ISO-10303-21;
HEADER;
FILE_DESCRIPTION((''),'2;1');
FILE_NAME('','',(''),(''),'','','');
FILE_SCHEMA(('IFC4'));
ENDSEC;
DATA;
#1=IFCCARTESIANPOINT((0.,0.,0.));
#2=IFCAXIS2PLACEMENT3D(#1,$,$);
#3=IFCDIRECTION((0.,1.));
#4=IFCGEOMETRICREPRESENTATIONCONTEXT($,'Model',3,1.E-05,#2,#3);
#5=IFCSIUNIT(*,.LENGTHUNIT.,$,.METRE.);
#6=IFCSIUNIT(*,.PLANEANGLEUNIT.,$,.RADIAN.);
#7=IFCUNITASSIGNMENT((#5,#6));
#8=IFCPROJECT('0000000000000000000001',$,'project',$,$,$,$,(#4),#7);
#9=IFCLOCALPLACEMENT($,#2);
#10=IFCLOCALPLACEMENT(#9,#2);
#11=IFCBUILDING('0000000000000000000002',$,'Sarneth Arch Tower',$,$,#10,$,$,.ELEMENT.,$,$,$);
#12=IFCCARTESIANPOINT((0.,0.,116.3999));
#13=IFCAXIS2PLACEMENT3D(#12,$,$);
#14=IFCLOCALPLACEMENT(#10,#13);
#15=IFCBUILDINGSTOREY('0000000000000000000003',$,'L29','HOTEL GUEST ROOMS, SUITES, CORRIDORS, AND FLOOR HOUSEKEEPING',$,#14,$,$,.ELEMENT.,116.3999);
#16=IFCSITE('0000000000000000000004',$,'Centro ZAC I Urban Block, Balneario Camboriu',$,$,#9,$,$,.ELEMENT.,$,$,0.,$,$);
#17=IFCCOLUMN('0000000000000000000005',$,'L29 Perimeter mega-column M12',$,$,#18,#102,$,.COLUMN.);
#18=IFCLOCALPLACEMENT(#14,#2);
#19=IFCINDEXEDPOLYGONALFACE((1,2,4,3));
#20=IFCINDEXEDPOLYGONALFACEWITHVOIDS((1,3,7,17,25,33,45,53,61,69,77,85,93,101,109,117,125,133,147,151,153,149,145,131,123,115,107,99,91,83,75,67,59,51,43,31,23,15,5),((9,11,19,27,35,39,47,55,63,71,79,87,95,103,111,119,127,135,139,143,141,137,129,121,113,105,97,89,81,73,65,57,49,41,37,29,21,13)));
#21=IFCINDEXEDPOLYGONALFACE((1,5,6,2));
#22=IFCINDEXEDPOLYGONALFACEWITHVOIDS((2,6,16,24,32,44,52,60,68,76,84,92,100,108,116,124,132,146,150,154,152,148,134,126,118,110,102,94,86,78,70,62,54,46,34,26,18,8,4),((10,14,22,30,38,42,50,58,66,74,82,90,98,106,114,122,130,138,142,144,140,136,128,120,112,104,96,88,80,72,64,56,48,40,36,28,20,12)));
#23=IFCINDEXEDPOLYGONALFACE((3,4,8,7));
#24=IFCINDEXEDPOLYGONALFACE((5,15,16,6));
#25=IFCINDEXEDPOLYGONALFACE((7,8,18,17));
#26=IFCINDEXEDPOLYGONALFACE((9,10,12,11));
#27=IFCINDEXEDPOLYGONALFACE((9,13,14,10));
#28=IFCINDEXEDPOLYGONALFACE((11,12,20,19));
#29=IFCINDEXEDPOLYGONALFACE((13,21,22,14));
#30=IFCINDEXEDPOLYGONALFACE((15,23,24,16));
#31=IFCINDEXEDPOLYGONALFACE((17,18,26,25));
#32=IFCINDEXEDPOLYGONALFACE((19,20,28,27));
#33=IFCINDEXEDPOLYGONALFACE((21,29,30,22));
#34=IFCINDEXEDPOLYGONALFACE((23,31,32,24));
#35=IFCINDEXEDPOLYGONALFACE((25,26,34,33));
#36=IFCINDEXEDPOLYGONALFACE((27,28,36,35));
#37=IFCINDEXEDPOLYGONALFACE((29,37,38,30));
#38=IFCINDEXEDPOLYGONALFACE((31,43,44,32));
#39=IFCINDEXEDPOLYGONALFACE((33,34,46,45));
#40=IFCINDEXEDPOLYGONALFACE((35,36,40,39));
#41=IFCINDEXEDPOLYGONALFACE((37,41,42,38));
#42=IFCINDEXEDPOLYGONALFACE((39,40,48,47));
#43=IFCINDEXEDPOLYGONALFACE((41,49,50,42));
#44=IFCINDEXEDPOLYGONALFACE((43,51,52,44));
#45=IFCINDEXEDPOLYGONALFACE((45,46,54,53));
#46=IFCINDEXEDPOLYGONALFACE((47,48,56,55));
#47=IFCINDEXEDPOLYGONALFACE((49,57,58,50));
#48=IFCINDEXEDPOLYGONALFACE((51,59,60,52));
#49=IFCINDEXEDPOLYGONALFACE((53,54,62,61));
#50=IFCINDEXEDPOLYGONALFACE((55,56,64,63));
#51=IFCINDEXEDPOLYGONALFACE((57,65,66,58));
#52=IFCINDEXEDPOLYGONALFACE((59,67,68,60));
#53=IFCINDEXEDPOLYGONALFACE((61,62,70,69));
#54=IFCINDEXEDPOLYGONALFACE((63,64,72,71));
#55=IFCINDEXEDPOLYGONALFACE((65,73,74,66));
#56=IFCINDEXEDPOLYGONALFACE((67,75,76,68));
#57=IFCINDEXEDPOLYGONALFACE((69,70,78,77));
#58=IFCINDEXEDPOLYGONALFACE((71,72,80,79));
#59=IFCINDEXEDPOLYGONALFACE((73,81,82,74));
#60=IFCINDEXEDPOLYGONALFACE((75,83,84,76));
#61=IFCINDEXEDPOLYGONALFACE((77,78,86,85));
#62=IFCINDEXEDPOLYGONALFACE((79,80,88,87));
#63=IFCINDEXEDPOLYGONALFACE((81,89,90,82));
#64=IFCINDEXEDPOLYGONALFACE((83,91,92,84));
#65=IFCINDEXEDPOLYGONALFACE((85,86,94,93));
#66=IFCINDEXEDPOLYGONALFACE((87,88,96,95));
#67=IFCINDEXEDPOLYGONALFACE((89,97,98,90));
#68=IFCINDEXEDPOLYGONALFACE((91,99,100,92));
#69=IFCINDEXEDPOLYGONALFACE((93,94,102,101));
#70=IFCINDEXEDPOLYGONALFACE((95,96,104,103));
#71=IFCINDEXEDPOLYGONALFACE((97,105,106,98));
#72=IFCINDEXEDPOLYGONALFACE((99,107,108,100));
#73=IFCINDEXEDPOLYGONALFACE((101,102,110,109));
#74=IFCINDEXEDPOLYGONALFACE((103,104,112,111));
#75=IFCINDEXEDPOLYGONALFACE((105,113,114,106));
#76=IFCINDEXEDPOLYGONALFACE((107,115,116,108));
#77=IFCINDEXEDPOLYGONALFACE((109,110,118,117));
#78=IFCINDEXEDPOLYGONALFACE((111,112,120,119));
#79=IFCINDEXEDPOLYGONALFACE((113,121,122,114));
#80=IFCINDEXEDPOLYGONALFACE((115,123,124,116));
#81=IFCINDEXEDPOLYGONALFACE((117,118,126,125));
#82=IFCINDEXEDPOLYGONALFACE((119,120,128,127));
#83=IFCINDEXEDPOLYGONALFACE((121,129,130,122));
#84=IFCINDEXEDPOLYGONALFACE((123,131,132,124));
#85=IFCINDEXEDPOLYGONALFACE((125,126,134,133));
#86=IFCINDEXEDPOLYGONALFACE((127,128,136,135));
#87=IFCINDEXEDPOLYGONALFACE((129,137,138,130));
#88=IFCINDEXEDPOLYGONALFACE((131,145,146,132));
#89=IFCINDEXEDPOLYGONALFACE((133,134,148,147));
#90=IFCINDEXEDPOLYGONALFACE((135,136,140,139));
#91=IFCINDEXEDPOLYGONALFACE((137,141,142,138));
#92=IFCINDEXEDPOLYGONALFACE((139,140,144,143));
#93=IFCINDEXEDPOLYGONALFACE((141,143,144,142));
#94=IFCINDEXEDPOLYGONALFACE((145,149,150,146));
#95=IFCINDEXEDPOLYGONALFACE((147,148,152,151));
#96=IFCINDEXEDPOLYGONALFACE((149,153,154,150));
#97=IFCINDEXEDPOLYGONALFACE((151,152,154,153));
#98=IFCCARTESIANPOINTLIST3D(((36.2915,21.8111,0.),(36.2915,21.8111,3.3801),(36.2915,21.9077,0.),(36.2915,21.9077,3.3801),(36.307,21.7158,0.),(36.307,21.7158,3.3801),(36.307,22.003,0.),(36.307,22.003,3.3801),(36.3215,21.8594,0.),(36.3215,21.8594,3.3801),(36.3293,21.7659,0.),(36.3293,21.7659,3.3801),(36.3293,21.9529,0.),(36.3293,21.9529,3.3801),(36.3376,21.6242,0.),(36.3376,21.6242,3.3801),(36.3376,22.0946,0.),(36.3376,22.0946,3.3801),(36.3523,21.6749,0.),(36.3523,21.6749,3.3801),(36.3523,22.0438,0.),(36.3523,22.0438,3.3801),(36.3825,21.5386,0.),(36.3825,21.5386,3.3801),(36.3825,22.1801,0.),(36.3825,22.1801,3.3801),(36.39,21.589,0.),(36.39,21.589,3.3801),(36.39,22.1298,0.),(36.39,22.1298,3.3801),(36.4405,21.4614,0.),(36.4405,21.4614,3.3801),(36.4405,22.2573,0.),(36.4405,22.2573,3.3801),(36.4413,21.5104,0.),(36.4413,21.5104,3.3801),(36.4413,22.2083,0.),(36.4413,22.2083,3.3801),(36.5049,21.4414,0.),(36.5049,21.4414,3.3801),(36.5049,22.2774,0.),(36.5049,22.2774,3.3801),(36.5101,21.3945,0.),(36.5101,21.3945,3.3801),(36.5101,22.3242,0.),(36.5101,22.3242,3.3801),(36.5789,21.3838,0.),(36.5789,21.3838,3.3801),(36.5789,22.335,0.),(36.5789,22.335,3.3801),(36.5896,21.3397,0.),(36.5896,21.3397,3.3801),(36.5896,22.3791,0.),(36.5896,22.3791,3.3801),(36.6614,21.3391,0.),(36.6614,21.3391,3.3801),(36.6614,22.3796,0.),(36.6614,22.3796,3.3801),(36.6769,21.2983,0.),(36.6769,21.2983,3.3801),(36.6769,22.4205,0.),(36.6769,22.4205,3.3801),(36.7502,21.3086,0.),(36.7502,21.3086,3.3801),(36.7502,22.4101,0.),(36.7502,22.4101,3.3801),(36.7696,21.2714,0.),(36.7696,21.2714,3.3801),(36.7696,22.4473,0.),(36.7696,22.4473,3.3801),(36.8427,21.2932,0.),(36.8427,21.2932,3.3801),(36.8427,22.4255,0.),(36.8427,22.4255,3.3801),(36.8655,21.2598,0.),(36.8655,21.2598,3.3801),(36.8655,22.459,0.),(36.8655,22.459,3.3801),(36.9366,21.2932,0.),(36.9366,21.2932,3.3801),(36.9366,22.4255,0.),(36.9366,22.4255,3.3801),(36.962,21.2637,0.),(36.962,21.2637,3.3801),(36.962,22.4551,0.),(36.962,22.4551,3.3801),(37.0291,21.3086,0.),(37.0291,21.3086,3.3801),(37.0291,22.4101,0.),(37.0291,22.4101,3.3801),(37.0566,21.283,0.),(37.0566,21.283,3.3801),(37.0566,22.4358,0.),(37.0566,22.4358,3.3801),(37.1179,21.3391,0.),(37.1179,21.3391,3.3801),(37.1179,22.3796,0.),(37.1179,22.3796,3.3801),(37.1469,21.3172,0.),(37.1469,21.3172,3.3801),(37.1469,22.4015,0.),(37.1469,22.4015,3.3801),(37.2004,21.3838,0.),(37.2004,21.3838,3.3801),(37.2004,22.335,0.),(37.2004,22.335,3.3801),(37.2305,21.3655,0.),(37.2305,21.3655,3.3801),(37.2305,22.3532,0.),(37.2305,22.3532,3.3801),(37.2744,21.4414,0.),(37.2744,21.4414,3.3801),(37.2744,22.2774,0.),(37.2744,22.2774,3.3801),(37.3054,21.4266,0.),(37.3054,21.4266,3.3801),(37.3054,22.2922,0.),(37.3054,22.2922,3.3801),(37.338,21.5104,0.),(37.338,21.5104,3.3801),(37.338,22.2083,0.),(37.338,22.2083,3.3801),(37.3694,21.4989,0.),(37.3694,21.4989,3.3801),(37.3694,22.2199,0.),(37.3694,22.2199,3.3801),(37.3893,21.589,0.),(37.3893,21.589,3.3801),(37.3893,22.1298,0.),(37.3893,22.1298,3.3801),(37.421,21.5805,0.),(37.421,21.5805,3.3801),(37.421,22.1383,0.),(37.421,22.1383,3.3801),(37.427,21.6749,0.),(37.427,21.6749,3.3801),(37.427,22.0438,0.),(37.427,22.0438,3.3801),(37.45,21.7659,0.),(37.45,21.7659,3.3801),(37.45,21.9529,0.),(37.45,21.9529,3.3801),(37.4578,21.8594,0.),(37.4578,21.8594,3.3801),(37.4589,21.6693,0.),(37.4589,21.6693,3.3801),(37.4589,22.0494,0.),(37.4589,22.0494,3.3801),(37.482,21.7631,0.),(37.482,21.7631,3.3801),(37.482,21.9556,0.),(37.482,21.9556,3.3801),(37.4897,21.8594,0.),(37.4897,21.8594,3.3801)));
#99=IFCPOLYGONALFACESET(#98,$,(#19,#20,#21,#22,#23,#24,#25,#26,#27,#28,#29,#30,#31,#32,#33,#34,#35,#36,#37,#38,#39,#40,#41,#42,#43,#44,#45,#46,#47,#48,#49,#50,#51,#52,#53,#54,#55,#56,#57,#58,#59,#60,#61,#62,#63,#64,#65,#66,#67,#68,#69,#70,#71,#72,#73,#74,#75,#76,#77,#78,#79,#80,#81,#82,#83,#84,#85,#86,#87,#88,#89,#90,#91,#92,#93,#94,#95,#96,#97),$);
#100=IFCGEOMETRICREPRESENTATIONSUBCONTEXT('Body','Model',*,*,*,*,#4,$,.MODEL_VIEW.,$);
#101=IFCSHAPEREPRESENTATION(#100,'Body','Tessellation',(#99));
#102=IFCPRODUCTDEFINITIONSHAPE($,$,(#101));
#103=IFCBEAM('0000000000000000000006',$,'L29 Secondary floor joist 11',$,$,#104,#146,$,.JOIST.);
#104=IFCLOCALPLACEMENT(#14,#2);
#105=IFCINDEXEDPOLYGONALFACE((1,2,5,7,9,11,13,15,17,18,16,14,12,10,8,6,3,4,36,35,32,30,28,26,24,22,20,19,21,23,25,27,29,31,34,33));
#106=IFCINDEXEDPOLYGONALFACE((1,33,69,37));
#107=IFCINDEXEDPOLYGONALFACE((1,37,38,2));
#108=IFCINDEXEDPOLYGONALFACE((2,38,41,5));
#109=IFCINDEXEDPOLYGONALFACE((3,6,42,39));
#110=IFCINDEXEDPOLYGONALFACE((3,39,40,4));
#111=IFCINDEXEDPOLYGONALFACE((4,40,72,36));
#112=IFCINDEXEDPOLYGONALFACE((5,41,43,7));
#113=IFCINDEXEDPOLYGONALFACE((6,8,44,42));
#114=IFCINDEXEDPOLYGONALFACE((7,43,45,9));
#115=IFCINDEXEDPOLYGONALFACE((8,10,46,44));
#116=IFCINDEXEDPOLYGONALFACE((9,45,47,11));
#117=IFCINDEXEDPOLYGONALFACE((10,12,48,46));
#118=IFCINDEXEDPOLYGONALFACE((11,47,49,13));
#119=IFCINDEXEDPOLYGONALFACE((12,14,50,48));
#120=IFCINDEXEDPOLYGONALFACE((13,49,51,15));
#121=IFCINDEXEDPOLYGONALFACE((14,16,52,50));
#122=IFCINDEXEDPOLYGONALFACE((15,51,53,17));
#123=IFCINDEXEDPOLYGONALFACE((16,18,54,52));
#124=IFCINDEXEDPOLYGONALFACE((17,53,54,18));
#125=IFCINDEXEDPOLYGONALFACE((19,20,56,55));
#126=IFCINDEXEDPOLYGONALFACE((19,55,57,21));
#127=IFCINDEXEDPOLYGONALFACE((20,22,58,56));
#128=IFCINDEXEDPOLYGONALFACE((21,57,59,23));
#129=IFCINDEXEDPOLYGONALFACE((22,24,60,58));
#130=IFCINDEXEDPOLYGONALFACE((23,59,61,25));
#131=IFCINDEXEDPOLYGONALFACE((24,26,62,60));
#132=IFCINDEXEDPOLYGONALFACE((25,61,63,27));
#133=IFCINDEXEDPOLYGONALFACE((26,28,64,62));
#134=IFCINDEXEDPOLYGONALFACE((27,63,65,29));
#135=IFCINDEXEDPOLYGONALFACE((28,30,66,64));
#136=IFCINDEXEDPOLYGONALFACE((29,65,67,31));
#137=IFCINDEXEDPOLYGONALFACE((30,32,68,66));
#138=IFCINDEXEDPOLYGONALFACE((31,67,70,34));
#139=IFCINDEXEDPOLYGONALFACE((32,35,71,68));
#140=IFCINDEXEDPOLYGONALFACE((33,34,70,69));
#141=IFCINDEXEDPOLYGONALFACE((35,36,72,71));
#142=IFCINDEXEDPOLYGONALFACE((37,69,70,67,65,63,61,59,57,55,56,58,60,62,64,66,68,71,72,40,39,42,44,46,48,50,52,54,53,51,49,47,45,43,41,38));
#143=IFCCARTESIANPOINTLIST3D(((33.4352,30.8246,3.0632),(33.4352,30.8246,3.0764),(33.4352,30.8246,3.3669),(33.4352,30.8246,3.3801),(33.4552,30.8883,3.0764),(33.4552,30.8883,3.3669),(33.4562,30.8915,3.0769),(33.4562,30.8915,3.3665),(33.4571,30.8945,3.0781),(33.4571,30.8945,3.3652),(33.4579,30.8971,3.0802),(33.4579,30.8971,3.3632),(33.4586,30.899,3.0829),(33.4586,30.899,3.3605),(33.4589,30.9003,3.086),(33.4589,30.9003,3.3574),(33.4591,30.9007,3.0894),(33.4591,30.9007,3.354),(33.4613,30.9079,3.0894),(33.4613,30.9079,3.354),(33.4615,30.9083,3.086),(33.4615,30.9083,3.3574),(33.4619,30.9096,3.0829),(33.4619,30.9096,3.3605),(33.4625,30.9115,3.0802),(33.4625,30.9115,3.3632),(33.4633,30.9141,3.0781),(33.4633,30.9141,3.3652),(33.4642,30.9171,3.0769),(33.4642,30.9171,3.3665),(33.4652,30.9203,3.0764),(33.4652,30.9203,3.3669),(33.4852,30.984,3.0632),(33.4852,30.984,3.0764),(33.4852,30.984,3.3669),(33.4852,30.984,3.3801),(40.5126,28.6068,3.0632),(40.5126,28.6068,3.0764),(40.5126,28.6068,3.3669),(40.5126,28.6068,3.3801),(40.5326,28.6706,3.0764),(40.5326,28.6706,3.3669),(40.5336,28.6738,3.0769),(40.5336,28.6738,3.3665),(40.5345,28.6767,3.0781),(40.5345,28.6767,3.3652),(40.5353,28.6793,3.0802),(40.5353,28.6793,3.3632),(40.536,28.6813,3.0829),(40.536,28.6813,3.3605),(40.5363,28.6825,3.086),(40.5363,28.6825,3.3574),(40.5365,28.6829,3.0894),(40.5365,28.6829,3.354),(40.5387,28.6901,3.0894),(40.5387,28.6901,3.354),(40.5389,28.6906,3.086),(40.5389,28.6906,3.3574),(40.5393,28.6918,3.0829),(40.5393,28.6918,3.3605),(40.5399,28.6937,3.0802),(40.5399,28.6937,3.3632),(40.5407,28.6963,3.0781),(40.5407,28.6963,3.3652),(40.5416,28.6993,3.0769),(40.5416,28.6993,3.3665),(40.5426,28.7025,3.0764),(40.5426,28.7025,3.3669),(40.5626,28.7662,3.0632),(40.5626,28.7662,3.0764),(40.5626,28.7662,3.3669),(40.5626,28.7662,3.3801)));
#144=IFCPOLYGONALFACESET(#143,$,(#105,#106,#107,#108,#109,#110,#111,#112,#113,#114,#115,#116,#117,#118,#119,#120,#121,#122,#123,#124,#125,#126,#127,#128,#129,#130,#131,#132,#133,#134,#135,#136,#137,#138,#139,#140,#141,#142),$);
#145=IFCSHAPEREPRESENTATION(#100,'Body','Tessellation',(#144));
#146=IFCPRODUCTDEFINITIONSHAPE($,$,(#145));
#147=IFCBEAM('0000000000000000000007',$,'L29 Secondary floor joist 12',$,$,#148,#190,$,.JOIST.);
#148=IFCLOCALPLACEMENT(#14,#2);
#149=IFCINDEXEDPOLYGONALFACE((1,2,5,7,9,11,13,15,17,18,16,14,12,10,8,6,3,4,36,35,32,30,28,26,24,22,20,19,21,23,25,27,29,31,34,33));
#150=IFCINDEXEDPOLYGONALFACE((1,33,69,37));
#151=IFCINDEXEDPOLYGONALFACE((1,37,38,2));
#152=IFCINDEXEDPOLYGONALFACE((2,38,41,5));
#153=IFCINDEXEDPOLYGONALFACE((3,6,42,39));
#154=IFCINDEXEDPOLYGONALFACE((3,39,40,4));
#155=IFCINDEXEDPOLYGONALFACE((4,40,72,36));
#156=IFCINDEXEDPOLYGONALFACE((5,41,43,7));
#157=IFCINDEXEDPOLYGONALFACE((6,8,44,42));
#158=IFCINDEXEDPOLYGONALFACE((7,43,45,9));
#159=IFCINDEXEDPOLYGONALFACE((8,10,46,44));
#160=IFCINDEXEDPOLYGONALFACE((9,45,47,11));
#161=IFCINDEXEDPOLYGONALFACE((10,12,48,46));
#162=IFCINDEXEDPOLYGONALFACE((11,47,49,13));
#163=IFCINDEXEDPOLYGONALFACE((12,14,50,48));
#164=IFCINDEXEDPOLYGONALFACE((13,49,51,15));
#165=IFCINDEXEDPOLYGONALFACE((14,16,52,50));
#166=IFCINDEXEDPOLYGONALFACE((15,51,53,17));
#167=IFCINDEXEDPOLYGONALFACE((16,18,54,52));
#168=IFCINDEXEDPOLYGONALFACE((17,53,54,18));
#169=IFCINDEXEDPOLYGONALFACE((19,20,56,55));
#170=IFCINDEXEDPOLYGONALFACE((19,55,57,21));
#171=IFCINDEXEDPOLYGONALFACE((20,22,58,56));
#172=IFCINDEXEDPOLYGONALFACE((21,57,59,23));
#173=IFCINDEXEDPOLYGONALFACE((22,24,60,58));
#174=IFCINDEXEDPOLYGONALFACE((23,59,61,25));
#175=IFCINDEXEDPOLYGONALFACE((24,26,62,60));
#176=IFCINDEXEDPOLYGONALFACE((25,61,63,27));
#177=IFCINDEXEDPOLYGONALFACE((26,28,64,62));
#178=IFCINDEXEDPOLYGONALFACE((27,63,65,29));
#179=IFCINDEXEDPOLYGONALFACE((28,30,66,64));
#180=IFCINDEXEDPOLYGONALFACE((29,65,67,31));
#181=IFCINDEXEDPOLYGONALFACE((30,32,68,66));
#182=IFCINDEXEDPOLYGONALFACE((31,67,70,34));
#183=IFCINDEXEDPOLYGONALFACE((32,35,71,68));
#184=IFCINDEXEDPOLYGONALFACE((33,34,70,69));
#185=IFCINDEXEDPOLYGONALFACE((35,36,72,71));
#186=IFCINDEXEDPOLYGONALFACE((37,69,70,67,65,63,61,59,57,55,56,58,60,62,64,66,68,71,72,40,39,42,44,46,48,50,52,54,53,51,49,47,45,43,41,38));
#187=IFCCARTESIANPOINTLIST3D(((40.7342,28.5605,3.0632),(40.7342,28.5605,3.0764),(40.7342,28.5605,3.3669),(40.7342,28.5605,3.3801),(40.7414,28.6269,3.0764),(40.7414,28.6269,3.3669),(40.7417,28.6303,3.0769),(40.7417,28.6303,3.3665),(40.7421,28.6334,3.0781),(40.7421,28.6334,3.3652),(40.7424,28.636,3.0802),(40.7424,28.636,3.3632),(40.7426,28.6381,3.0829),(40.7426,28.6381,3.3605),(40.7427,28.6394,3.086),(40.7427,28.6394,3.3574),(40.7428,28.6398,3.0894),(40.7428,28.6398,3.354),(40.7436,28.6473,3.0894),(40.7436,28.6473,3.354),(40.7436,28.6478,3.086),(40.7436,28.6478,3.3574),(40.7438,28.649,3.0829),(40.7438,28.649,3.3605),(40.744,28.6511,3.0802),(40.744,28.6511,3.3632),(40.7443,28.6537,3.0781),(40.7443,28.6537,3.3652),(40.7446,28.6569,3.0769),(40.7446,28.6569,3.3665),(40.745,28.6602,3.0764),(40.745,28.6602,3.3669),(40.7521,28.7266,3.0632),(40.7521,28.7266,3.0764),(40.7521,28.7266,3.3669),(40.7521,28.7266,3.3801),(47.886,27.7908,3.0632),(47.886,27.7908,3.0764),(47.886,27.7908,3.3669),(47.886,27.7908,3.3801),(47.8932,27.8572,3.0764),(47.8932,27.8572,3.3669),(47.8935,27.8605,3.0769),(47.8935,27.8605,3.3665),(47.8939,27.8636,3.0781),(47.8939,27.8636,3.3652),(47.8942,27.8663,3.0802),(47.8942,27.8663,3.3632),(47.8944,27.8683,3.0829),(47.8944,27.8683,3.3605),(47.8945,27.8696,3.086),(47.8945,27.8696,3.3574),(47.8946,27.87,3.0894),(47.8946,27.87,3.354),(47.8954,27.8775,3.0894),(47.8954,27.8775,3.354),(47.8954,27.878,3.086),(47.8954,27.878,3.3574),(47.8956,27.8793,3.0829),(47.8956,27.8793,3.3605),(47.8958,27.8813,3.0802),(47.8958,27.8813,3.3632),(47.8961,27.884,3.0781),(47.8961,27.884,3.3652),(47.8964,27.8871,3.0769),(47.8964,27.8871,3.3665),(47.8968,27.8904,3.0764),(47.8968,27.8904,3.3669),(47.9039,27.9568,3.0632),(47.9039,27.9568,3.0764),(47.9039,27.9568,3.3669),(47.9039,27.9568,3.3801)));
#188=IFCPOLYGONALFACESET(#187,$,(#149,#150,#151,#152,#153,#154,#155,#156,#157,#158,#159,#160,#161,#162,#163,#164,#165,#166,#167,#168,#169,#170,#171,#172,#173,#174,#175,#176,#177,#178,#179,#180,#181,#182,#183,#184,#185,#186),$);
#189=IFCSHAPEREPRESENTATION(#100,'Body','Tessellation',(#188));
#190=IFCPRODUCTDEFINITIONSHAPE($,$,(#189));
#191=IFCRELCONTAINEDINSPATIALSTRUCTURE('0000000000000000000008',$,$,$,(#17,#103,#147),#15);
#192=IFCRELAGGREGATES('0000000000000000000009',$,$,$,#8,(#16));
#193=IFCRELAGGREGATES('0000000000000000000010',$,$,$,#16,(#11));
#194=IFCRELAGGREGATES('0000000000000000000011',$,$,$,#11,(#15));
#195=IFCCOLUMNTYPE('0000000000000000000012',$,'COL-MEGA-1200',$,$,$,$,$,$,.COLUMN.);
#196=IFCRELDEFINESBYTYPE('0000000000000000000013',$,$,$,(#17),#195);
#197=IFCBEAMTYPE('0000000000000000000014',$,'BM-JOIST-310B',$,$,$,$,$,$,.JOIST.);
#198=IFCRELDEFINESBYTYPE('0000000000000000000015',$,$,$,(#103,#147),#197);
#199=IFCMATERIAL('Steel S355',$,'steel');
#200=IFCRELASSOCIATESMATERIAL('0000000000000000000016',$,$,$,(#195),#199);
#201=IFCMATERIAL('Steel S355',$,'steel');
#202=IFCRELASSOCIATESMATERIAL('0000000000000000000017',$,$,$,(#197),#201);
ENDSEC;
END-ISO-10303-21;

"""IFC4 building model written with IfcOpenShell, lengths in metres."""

from ifc_helpers import new_model, si_unit, direction, frame, origin, origin_2d, place, context, subcontext, project, spatial, hollow_circle, i_section, extrude, material, material_profile, profile_set, type_object, element, save


model = new_model("IFC4")

# Units and contexts
model_context = context("Model", 3, precision=1e-05, world=origin(), true_north=direction((0.0, 1.0)))
body_context = subcontext(model_context, "Body", "Model", "MODEL_VIEW")
ifc_project = project(units=[si_unit("LENGTHUNIT", "METRE"), si_unit("PLANEANGLEUNIT", "RADIAN")], contexts=[model_context])

# Site, building, storey
site_placement = place(None, origin())
site = spatial("IfcSite", under=ifc_project, at=site_placement, Name="Centro ZAC I Urban Block, Balneario Camboriu", CompositionType="ELEMENT", RefElevation=0.0)
building_placement = place(site_placement, origin())
building = spatial("IfcBuilding", under=site, at=building_placement, Name="Sarneth Arch Tower", CompositionType="ELEMENT")
storey_placement = place(building_placement, frame((0.0, 0.0, 116.3999)))
storey = spatial("IfcBuildingStorey", under=building, at=storey_placement, Name="L29", Description="HOTEL GUEST ROOMS, SUITES, CORRIDORS, AND FLOOR HOUSEKEEPING", CompositionType="ELEMENT", Elevation=116.3999)

# Column
ifc_material_1 = material(Name="Steel S355", Category="steel")
ifc_material_profile_1 = material_profile(ifc_material_1, hollow_circle(Radius=0.6001, WallThickness=0.032, at=origin_2d()), Name="CHS1200x32")
ifc_profile_set_1 = profile_set([ifc_material_profile_1], Name="Steel S355")
column_type = type_object("IfcColumnType", Name="COL-MEGA-1200", PredefinedType="COLUMN", material=ifc_profile_set_1)
column_placement = place(storey_placement, frame((36.8896, 21.8594, 0.0), z_axis=(0.0, 0.0, 1.0), x_axis=(1.0, 0.0, 0.0)))
element("IfcColumn", 1, at=column_placement, inside=storey, type_object=column_type, Name="L29 Perimeter mega-column M12", PredefinedType="COLUMN", context=body_context, shape_type="SweptSolid", body=[
    extrude(hollow_circle(Radius=0.6001, WallThickness=0.032, at=origin_2d()), origin(), (0.0, 0.0, 1.0), 3.3801),
])

# Beams
ifc_material_2 = material(Name="Steel S355", Category="steel")
ifc_material_profile_2 = material_profile(ifc_material_2, i_section(OverallWidth=0.167, OverallDepth=0.3169, WebThickness=0.0076, FlangeThickness=0.0132, FilletRadius=0.0129, at=origin_2d()), Name="W310x52")
ifc_profile_set_2 = profile_set([ifc_material_profile_2], Name="Steel S355")
beam_type_1 = type_object("IfcBeamType", Name="BM-JOIST-310B", PredefinedType="JOIST", material=ifc_profile_set_2)
beam_1_placement = place(storey_placement, frame((33.4602, 30.9043, 3.2217), z_axis=(0.954246, -0.299023, 0.0), x_axis=(0.299023, 0.954246, 0.0)))
element("IfcBeam", 2, at=beam_1_placement, inside=storey, type_object=beam_type_1, Name="L29 Secondary floor joist 11", PredefinedType="JOIST", context=body_context, shape_type="SweptSolid", body=[
    extrude(i_section(OverallWidth=0.167, OverallDepth=0.3169, WebThickness=0.0076, FlangeThickness=0.0132, FilletRadius=0.0129, at=origin_2d()), origin(), (0.0, 0.0, 1.0), 7.4167),
])
beam_2_placement = place(storey_placement, frame((40.7432, 28.6436, 3.2217), z_axis=(0.994257, -0.107015, 0.0), x_axis=(0.107015, 0.994257, 0.0)))
element("IfcBeam", 3, at=beam_2_placement, inside=storey, type_object=beam_type_1, Name="L29 Secondary floor joist 12", PredefinedType="JOIST", context=body_context, shape_type="SweptSolid", body=[
    extrude(i_section(OverallWidth=0.167, OverallDepth=0.3169, WebThickness=0.0076, FlangeThickness=0.0132, FilletRadius=0.0129, at=origin_2d()), origin(), (0.0, 0.0, 1.0), 7.1931),
])

save(model, "model.ifc")
